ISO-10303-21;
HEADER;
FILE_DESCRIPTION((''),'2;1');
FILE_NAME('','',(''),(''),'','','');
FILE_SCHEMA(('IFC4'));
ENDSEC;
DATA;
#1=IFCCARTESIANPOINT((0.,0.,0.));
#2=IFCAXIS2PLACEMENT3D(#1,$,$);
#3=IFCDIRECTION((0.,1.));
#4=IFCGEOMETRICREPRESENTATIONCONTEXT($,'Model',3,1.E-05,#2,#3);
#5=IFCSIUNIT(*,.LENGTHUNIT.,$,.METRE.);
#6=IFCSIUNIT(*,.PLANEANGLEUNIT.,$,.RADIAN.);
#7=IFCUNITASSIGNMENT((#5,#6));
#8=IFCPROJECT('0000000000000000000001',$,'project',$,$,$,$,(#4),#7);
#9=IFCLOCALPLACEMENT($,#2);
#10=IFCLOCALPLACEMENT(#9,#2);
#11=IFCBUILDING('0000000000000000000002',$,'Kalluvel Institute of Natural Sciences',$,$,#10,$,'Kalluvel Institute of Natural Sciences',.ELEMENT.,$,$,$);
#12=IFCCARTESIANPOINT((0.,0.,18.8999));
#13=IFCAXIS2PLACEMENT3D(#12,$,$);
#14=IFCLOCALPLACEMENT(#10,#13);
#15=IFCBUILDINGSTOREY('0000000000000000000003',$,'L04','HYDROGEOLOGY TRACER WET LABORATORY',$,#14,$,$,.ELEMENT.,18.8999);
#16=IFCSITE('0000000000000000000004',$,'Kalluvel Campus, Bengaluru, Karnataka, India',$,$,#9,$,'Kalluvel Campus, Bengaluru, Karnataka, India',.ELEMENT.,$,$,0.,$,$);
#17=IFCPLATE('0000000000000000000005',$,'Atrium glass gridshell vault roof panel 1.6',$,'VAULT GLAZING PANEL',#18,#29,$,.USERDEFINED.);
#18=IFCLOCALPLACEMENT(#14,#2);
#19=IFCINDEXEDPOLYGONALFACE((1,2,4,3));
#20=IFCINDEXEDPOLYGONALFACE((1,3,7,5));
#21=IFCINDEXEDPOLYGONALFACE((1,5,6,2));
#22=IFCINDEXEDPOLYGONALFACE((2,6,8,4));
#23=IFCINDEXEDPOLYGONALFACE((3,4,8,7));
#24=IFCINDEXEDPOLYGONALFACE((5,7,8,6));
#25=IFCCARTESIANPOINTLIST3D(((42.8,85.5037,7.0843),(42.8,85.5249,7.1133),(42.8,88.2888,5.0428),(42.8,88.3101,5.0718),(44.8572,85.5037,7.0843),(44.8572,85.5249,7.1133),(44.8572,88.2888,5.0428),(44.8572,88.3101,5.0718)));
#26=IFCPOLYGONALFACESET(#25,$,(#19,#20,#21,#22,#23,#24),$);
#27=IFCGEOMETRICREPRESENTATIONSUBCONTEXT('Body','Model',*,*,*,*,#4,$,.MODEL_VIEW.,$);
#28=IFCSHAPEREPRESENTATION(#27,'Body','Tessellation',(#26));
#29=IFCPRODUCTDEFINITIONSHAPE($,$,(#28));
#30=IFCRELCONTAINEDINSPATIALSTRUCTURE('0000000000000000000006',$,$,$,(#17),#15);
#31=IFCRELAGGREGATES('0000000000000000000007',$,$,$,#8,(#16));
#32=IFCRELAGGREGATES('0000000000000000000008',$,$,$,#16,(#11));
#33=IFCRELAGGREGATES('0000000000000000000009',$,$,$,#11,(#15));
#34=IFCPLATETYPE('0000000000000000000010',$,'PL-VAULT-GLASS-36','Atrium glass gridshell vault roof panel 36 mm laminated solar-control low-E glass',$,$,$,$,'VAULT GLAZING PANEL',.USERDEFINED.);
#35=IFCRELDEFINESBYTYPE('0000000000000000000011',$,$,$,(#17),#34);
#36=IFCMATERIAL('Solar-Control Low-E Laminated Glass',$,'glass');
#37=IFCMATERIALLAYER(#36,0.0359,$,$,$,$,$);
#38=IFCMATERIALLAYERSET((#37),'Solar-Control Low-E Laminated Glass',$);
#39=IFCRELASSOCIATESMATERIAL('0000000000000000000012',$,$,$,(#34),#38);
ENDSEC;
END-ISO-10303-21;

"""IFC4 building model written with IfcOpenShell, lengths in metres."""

from ifc_helpers import new_model, si_unit, direction, frame, origin, place, context, subcontext, project, spatial, polyline, outline, extrude, material, layer, layer_set, type_object, element, save


model = new_model("IFC4")

# Units and contexts
model_context = context("Model", 3, precision=1e-05, world=origin(), true_north=direction((0.0, 1.0)))
body_context = subcontext(model_context, "Body", "Model", "MODEL_VIEW")
ifc_project = project(units=[si_unit("LENGTHUNIT", "METRE"), si_unit("PLANEANGLEUNIT", "RADIAN")], contexts=[model_context])

# Site, building, storey
site_placement = place(None, origin())
site = spatial("IfcSite", under=ifc_project, at=site_placement, Name="Kalluvel Campus, Bengaluru, Karnataka, India", LongName="Kalluvel Campus, Bengaluru, Karnataka, India", CompositionType="ELEMENT", RefElevation=0.0)
building_placement = place(site_placement, origin())
building = spatial("IfcBuilding", under=site, at=building_placement, Name="Kalluvel Institute of Natural Sciences", LongName="Kalluvel Institute of Natural Sciences", CompositionType="ELEMENT")
storey_placement = place(building_placement, frame((0.0, 0.0, 18.8999)))
storey = spatial("IfcBuildingStorey", under=building, at=storey_placement, Name="L04", Description="HYDROGEOLOGY TRACER WET LABORATORY", CompositionType="ELEMENT", Elevation=18.8999)

# Shared definitions
ifc_material_1 = material(Name="Solar-Control Low-E Laminated Glass", Category="glass")

# Plate
ifc_layer_1 = layer(ifc_material_1, 0.0359)
ifc_layer_set_1 = layer_set([ifc_layer_1], Name="Solar-Control Low-E Laminated Glass")
plate_type_1 = type_object("IfcPlateType", Name="PL-VAULT-GLASS-36", Description="Atrium glass gridshell vault roof panel 36 mm laminated solar-control low-E glass", ElementType="VAULT GLAZING PANEL", PredefinedType="USERDEFINED", material=ifc_layer_set_1)
plate_1_placement = place(storey_placement, frame((42.8, 85.5249, 7.1133), z_axis=(0.0, 0.591186, 0.806535), x_axis=(1.0, 0.0, 0.0)))
element("IfcPlate", 1, at=plate_1_placement, inside=storey, type_object=plate_type_1, Name="Atrium glass gridshell vault roof panel 1.6", ObjectType="VAULT GLAZING PANEL", PredefinedType="USERDEFINED", context=body_context, shape_type="SweptSolid", body=[
    extrude(outline(polyline([(0.0, 0.0), (2.0571, 0.0), (2.0571, 3.4532), (0.0, 3.4532), (0.0, 0.0)])), origin(), (0.0, 0.0, -1.0), 0.0359),
])

save(model, "model.ifc")
